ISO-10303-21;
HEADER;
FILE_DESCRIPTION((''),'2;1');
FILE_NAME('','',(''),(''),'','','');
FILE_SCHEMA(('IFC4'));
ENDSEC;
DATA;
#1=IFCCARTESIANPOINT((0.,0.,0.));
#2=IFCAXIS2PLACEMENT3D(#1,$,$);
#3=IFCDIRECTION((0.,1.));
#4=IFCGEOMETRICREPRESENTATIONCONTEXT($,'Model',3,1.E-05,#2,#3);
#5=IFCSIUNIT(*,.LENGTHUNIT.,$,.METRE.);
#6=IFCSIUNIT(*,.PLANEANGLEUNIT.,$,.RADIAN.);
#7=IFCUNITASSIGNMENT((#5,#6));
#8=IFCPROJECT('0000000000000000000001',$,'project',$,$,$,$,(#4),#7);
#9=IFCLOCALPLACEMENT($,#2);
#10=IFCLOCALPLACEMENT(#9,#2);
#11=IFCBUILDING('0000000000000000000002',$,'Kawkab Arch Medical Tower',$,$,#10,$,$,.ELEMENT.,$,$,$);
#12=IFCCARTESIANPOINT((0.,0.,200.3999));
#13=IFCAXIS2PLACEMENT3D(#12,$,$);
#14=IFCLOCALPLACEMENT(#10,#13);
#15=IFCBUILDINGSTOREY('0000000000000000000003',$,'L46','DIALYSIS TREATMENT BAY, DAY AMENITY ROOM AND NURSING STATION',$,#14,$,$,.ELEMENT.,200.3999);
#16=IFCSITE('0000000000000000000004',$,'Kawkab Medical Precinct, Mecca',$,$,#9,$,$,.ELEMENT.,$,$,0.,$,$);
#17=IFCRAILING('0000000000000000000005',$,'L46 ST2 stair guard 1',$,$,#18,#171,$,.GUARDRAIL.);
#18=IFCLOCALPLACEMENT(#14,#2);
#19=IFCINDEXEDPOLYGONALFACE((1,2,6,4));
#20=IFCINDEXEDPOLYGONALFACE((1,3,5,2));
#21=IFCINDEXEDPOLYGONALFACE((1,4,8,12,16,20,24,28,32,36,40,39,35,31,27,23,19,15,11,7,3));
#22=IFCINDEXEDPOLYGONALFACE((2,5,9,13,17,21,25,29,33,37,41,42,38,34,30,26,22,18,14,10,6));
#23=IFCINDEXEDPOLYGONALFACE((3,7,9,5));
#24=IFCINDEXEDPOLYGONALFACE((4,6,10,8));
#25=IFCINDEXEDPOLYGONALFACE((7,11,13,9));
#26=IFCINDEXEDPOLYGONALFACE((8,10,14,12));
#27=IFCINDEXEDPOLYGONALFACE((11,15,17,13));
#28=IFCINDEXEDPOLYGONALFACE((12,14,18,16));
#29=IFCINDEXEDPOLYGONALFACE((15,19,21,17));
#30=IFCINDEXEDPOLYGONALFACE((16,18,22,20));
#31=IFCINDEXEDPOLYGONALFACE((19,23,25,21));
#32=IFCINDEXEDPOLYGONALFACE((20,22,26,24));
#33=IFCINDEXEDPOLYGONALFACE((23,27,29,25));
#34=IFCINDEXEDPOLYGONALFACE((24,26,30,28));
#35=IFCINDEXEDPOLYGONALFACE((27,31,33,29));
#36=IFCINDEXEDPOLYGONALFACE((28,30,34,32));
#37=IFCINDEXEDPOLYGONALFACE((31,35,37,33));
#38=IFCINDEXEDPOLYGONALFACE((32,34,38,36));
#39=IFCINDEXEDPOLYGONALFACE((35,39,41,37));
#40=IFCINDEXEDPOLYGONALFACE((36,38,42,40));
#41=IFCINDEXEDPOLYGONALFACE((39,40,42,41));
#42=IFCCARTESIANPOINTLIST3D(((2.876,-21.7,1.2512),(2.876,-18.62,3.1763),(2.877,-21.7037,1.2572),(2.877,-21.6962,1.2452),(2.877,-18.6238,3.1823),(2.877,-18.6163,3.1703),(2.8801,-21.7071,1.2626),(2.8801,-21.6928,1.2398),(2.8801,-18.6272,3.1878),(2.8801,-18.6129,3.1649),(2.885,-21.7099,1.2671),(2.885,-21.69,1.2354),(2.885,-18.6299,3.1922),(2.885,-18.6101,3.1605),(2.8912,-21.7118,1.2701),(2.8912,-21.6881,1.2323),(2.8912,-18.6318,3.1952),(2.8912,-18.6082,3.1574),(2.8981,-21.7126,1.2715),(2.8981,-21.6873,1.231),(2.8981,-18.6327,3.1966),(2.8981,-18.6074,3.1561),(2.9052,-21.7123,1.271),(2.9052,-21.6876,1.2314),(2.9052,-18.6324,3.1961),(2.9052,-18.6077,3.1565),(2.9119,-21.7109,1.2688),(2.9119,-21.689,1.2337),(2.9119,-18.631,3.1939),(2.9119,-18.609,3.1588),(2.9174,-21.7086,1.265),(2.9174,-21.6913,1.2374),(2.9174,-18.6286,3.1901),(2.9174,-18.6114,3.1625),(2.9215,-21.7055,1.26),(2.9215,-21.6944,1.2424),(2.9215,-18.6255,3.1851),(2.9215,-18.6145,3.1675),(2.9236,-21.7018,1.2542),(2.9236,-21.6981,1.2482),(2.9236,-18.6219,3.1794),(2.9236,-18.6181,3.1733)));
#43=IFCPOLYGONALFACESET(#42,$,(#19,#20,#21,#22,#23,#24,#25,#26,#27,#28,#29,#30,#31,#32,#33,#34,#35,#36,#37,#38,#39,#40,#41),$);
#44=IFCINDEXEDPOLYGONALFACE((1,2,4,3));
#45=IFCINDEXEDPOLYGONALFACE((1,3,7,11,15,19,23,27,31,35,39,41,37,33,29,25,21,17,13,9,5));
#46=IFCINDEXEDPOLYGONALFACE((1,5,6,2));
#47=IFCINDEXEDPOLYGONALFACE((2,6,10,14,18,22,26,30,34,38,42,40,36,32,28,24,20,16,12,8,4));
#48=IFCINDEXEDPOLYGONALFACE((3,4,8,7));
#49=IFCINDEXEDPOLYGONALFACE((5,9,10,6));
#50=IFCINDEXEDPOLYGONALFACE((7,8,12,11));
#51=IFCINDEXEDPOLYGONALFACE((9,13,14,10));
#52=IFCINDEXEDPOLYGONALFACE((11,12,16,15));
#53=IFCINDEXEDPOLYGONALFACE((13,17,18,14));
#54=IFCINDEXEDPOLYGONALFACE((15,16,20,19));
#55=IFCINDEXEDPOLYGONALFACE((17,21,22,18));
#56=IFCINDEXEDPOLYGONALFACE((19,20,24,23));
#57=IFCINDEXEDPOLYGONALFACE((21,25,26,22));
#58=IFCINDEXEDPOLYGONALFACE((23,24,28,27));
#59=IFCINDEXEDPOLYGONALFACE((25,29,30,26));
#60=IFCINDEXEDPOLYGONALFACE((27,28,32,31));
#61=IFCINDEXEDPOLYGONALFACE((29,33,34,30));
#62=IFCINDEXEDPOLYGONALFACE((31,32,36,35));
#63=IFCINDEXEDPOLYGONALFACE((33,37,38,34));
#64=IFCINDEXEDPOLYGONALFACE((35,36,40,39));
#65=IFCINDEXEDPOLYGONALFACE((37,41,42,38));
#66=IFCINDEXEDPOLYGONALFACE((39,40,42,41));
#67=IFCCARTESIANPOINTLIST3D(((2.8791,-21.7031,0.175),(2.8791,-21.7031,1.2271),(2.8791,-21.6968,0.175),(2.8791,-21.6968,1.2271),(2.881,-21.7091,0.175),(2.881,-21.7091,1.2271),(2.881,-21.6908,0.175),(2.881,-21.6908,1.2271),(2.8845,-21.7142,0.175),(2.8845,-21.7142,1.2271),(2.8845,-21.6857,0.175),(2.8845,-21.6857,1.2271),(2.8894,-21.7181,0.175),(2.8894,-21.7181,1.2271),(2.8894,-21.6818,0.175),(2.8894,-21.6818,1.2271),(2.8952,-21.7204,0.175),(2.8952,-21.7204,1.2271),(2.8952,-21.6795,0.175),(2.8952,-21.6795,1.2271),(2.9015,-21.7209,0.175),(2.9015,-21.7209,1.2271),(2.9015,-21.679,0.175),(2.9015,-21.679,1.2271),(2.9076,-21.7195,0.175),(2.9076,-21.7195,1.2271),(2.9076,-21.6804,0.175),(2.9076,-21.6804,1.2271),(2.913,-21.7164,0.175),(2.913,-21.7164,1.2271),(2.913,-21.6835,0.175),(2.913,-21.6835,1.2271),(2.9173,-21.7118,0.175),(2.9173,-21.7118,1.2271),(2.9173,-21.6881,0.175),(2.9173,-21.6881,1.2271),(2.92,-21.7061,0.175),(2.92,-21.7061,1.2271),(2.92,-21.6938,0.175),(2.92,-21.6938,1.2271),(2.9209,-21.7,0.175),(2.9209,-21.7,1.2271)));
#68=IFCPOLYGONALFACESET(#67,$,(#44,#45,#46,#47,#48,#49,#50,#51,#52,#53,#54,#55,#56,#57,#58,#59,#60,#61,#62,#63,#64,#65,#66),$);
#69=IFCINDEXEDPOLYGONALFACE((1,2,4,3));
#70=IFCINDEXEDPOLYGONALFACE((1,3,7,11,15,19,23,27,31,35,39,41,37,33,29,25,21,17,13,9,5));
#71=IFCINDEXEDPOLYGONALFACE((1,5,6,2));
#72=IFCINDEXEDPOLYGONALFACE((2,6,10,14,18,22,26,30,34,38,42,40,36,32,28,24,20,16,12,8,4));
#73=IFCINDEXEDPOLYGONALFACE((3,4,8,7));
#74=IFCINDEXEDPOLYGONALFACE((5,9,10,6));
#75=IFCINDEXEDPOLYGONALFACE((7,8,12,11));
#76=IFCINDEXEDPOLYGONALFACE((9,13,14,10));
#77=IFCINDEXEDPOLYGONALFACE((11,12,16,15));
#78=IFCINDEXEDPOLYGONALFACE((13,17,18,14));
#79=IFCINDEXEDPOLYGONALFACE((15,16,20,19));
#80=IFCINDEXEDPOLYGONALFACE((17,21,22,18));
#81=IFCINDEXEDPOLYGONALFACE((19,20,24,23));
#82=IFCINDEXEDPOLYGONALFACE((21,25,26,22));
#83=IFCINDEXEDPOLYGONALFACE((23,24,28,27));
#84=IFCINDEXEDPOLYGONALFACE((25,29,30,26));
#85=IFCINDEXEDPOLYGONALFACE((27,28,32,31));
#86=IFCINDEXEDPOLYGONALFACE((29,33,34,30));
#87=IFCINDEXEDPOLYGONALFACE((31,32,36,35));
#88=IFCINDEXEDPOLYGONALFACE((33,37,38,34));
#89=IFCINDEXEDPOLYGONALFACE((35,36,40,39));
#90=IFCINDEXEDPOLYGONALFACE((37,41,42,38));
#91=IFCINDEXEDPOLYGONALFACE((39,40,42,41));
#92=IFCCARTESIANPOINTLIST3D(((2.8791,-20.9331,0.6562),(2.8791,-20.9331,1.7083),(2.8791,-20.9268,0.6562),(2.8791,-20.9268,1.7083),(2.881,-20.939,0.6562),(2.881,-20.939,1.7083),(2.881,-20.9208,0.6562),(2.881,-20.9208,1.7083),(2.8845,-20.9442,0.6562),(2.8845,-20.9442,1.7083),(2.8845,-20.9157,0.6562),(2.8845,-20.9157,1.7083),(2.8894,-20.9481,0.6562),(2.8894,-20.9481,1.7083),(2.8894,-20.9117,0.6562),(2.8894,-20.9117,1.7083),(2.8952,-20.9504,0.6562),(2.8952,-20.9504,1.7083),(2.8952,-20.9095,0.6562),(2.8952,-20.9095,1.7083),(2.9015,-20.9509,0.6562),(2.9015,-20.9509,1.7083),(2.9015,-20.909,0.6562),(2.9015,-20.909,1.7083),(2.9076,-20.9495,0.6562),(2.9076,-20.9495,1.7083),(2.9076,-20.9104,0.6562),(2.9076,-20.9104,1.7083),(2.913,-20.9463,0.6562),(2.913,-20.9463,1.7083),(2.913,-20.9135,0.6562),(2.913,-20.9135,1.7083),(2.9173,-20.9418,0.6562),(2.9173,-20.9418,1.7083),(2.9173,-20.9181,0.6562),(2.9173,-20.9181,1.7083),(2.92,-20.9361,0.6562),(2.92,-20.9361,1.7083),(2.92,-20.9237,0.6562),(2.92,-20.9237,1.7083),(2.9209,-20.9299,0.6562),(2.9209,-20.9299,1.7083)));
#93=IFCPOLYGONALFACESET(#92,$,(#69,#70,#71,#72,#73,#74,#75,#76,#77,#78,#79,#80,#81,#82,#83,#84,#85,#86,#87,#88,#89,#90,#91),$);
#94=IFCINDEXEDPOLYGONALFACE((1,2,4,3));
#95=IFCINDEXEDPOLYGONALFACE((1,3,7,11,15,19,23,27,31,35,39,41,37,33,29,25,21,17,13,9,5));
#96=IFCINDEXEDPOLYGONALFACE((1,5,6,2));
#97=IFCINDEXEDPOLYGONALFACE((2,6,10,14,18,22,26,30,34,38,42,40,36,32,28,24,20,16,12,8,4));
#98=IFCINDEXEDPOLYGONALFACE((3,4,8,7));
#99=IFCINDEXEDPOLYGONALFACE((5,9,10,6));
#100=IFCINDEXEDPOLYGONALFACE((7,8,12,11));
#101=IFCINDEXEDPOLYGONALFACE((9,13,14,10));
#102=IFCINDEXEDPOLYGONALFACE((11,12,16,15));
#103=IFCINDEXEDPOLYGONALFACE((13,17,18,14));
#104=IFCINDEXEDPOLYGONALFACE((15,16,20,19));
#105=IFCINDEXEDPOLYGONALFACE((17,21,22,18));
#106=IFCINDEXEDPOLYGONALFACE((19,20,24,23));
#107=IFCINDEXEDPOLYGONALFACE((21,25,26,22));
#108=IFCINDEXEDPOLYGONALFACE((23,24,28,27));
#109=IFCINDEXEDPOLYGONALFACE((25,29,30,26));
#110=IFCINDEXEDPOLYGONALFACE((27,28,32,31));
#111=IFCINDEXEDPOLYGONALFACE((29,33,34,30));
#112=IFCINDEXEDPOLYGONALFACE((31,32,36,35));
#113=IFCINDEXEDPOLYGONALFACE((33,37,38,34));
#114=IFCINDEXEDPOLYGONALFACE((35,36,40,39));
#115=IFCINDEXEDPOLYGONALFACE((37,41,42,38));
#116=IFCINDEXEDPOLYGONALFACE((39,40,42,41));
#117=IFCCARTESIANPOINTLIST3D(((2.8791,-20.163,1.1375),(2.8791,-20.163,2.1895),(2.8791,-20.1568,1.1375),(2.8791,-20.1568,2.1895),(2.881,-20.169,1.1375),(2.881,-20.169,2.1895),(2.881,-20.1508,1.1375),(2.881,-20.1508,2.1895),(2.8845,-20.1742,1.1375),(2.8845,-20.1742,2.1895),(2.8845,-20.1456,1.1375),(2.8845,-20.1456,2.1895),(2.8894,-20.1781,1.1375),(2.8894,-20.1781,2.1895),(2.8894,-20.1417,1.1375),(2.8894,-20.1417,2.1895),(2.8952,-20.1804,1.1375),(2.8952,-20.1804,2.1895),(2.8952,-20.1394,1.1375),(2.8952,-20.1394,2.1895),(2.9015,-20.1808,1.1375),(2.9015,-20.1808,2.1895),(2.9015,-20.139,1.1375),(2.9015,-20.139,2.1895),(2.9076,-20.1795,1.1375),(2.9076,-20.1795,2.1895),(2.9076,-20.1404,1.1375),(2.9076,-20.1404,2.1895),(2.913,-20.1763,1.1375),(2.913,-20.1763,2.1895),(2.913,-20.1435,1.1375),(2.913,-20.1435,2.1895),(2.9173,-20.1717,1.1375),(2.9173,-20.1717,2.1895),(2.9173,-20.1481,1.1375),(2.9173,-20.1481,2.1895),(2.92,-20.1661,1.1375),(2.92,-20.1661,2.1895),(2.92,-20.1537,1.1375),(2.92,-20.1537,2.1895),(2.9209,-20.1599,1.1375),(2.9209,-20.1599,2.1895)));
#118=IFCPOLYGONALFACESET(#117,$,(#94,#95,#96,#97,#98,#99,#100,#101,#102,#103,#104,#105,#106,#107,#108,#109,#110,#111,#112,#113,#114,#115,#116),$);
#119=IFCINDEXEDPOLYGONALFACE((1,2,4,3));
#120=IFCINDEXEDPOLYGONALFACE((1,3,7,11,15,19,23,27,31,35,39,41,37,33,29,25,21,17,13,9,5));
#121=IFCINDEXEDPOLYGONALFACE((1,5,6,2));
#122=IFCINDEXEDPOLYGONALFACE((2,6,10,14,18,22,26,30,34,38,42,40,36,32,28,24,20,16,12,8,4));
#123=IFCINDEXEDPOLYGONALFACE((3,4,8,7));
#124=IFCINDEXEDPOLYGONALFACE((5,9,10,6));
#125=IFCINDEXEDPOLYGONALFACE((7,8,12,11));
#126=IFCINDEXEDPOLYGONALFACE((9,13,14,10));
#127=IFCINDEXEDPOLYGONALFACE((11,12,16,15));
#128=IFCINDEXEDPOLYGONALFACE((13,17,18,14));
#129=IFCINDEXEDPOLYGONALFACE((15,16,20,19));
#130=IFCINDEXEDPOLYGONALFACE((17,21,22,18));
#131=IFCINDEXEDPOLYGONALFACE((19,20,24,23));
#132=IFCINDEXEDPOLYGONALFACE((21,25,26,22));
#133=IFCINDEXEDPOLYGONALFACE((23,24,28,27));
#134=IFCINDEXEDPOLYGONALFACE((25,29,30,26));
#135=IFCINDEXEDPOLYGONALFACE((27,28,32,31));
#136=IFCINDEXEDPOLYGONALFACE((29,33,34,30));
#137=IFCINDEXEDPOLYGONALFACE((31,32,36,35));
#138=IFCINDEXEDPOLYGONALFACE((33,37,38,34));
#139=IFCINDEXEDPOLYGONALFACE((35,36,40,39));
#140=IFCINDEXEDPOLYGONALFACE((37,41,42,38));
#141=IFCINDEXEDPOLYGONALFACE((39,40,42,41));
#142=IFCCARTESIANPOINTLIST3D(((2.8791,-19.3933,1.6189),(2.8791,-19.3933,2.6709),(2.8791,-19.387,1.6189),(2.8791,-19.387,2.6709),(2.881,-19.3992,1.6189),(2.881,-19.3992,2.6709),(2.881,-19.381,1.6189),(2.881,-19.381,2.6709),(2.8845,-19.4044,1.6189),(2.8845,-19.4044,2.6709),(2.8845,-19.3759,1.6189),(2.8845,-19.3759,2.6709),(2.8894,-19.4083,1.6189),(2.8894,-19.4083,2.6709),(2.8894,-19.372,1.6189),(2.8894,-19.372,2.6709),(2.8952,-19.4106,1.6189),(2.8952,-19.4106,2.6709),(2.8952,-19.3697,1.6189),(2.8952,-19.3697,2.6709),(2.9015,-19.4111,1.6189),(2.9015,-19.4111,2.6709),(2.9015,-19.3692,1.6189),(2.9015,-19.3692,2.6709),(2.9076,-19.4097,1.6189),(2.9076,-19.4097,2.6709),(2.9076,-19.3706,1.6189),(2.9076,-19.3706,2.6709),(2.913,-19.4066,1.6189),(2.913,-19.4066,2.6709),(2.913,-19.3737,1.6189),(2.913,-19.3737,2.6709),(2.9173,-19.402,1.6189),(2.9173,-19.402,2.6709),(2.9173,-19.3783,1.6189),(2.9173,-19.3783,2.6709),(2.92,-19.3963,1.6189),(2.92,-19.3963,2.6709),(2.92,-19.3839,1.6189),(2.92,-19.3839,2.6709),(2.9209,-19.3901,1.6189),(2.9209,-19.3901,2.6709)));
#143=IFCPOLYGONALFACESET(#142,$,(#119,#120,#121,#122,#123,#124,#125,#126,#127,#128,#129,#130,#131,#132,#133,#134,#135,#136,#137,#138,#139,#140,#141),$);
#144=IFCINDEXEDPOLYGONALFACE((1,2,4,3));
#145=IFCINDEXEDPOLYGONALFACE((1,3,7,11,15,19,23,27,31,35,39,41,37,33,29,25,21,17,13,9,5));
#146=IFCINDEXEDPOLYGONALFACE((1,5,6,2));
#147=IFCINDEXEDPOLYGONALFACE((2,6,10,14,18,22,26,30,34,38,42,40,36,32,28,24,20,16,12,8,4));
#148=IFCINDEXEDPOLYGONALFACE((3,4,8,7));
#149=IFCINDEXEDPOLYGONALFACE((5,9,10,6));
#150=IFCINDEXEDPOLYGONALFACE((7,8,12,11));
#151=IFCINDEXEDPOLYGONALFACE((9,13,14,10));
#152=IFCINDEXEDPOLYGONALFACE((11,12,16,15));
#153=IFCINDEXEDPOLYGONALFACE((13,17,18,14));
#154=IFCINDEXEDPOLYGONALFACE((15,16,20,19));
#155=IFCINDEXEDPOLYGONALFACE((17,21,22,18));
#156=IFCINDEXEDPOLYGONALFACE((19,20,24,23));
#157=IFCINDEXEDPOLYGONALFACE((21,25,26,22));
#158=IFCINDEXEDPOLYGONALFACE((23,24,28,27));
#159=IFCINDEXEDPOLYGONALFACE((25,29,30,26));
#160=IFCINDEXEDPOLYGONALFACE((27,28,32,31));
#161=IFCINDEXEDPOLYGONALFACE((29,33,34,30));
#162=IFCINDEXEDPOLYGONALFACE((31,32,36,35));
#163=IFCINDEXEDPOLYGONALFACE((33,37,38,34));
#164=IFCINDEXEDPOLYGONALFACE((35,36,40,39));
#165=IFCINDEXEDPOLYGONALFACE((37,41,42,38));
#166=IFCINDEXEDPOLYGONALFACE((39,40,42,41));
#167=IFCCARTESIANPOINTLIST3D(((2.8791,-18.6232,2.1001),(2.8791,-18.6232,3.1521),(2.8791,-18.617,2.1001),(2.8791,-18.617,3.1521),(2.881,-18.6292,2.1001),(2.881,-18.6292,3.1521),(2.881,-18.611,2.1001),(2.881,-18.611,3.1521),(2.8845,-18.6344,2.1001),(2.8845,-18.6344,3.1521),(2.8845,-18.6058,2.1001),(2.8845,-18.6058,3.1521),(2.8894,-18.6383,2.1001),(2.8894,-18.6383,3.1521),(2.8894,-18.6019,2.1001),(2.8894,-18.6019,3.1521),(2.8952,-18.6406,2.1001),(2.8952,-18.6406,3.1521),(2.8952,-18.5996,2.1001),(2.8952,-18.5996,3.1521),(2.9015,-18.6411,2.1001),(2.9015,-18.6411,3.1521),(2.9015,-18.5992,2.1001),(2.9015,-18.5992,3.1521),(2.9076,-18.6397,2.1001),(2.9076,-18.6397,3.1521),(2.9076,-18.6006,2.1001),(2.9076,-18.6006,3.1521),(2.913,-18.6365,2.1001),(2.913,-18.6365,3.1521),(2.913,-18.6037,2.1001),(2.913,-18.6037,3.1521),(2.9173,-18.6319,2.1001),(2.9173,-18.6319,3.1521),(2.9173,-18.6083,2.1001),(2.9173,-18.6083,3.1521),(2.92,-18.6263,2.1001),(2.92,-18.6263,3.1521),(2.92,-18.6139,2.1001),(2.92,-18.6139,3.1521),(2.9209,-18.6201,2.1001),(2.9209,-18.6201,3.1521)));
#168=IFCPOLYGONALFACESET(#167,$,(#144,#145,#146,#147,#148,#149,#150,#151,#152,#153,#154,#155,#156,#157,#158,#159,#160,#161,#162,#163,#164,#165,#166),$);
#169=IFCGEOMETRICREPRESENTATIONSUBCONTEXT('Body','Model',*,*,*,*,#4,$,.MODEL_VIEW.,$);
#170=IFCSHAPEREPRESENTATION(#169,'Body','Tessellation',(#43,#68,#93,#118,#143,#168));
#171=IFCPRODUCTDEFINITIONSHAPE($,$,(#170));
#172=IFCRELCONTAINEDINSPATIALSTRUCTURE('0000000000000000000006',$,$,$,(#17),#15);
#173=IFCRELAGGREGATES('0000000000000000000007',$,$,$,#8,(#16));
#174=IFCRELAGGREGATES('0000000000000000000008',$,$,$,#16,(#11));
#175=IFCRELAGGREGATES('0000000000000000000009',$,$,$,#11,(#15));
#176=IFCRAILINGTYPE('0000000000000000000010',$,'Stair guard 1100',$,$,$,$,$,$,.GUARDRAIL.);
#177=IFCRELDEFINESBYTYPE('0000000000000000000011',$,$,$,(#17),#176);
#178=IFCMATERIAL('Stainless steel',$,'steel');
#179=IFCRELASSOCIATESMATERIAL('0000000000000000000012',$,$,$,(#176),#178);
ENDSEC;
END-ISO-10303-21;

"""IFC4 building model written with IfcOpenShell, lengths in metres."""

from ifc_helpers import new_model, si_unit, direction, frame, origin, origin_2d, place, context, subcontext, project, spatial, circle, extrude, material, type_object, element, save


model = new_model("IFC4")

# Units and contexts
model_context = context("Model", 3, precision=1e-05, world=origin(), true_north=direction((0.0, 1.0)))
body_context = subcontext(model_context, "Body", "Model", "MODEL_VIEW")
ifc_project = project(units=[si_unit("LENGTHUNIT", "METRE"), si_unit("PLANEANGLEUNIT", "RADIAN")], contexts=[model_context])

# Site, building, storey
site_placement = place(None, origin())
site = spatial("IfcSite", under=ifc_project, at=site_placement, Name="Kawkab Medical Precinct, Mecca", CompositionType="ELEMENT", RefElevation=0.0)
building_placement = place(site_placement, origin())
building = spatial("IfcBuilding", under=site, at=building_placement, Name="Kawkab Arch Medical Tower", CompositionType="ELEMENT")
storey_placement = place(building_placement, frame((0.0, 0.0, 200.3999)))
storey = spatial("IfcBuildingStorey", under=building, at=storey_placement, Name="L46", Description="DIALYSIS TREATMENT BAY, DAY AMENITY ROOM AND NURSING STATION", CompositionType="ELEMENT", Elevation=200.3999)

# Railing
ifc_material_1 = material(Name="Stainless steel", Category="steel")
railing_type = type_object("IfcRailingType", Name="Stair guard 1100", PredefinedType="GUARDRAIL", material=ifc_material_1)
railing_1_placement = place(storey_placement, frame((2.8999, -21.7, 0.175)))
element("IfcRailing", 1, at=railing_1_placement, inside=storey, type_object=railing_type, Name="L46 ST2 stair guard 1", PredefinedType="GUARDRAIL", context=body_context, shape_type="SweptSolid", body=[
    extrude(circle(Radius=0.0239, at=origin_2d()), frame((0.0, 0.0, 1.0762), z_axis=(0.0, 0.847979, 0.530029), x_axis=(-1.0, 0.0, 0.0)), (0.0, 0.0, 1.0), 3.6321),
    extrude(circle(Radius=0.021, at=origin_2d()), origin(), (0.0, 0.0, 1.0), 1.052),
    extrude(circle(Radius=0.021, at=origin_2d()), frame((0.0, 0.77, 0.4812)), (0.0, 0.0, 1.0), 1.052),
    extrude(circle(Radius=0.021, at=origin_2d()), frame((0.0, 1.54, 0.9624)), (0.0, 0.0, 1.0), 1.052),
    extrude(circle(Radius=0.021, at=origin_2d()), frame((0.0, 2.3098, 1.4438)), (0.0, 0.0, 1.0), 1.052),
    extrude(circle(Radius=0.021, at=origin_2d()), frame((0.0, 3.0798, 1.925)), (0.0, 0.0, 1.0), 1.052),
])

save(model, "model.ifc")
